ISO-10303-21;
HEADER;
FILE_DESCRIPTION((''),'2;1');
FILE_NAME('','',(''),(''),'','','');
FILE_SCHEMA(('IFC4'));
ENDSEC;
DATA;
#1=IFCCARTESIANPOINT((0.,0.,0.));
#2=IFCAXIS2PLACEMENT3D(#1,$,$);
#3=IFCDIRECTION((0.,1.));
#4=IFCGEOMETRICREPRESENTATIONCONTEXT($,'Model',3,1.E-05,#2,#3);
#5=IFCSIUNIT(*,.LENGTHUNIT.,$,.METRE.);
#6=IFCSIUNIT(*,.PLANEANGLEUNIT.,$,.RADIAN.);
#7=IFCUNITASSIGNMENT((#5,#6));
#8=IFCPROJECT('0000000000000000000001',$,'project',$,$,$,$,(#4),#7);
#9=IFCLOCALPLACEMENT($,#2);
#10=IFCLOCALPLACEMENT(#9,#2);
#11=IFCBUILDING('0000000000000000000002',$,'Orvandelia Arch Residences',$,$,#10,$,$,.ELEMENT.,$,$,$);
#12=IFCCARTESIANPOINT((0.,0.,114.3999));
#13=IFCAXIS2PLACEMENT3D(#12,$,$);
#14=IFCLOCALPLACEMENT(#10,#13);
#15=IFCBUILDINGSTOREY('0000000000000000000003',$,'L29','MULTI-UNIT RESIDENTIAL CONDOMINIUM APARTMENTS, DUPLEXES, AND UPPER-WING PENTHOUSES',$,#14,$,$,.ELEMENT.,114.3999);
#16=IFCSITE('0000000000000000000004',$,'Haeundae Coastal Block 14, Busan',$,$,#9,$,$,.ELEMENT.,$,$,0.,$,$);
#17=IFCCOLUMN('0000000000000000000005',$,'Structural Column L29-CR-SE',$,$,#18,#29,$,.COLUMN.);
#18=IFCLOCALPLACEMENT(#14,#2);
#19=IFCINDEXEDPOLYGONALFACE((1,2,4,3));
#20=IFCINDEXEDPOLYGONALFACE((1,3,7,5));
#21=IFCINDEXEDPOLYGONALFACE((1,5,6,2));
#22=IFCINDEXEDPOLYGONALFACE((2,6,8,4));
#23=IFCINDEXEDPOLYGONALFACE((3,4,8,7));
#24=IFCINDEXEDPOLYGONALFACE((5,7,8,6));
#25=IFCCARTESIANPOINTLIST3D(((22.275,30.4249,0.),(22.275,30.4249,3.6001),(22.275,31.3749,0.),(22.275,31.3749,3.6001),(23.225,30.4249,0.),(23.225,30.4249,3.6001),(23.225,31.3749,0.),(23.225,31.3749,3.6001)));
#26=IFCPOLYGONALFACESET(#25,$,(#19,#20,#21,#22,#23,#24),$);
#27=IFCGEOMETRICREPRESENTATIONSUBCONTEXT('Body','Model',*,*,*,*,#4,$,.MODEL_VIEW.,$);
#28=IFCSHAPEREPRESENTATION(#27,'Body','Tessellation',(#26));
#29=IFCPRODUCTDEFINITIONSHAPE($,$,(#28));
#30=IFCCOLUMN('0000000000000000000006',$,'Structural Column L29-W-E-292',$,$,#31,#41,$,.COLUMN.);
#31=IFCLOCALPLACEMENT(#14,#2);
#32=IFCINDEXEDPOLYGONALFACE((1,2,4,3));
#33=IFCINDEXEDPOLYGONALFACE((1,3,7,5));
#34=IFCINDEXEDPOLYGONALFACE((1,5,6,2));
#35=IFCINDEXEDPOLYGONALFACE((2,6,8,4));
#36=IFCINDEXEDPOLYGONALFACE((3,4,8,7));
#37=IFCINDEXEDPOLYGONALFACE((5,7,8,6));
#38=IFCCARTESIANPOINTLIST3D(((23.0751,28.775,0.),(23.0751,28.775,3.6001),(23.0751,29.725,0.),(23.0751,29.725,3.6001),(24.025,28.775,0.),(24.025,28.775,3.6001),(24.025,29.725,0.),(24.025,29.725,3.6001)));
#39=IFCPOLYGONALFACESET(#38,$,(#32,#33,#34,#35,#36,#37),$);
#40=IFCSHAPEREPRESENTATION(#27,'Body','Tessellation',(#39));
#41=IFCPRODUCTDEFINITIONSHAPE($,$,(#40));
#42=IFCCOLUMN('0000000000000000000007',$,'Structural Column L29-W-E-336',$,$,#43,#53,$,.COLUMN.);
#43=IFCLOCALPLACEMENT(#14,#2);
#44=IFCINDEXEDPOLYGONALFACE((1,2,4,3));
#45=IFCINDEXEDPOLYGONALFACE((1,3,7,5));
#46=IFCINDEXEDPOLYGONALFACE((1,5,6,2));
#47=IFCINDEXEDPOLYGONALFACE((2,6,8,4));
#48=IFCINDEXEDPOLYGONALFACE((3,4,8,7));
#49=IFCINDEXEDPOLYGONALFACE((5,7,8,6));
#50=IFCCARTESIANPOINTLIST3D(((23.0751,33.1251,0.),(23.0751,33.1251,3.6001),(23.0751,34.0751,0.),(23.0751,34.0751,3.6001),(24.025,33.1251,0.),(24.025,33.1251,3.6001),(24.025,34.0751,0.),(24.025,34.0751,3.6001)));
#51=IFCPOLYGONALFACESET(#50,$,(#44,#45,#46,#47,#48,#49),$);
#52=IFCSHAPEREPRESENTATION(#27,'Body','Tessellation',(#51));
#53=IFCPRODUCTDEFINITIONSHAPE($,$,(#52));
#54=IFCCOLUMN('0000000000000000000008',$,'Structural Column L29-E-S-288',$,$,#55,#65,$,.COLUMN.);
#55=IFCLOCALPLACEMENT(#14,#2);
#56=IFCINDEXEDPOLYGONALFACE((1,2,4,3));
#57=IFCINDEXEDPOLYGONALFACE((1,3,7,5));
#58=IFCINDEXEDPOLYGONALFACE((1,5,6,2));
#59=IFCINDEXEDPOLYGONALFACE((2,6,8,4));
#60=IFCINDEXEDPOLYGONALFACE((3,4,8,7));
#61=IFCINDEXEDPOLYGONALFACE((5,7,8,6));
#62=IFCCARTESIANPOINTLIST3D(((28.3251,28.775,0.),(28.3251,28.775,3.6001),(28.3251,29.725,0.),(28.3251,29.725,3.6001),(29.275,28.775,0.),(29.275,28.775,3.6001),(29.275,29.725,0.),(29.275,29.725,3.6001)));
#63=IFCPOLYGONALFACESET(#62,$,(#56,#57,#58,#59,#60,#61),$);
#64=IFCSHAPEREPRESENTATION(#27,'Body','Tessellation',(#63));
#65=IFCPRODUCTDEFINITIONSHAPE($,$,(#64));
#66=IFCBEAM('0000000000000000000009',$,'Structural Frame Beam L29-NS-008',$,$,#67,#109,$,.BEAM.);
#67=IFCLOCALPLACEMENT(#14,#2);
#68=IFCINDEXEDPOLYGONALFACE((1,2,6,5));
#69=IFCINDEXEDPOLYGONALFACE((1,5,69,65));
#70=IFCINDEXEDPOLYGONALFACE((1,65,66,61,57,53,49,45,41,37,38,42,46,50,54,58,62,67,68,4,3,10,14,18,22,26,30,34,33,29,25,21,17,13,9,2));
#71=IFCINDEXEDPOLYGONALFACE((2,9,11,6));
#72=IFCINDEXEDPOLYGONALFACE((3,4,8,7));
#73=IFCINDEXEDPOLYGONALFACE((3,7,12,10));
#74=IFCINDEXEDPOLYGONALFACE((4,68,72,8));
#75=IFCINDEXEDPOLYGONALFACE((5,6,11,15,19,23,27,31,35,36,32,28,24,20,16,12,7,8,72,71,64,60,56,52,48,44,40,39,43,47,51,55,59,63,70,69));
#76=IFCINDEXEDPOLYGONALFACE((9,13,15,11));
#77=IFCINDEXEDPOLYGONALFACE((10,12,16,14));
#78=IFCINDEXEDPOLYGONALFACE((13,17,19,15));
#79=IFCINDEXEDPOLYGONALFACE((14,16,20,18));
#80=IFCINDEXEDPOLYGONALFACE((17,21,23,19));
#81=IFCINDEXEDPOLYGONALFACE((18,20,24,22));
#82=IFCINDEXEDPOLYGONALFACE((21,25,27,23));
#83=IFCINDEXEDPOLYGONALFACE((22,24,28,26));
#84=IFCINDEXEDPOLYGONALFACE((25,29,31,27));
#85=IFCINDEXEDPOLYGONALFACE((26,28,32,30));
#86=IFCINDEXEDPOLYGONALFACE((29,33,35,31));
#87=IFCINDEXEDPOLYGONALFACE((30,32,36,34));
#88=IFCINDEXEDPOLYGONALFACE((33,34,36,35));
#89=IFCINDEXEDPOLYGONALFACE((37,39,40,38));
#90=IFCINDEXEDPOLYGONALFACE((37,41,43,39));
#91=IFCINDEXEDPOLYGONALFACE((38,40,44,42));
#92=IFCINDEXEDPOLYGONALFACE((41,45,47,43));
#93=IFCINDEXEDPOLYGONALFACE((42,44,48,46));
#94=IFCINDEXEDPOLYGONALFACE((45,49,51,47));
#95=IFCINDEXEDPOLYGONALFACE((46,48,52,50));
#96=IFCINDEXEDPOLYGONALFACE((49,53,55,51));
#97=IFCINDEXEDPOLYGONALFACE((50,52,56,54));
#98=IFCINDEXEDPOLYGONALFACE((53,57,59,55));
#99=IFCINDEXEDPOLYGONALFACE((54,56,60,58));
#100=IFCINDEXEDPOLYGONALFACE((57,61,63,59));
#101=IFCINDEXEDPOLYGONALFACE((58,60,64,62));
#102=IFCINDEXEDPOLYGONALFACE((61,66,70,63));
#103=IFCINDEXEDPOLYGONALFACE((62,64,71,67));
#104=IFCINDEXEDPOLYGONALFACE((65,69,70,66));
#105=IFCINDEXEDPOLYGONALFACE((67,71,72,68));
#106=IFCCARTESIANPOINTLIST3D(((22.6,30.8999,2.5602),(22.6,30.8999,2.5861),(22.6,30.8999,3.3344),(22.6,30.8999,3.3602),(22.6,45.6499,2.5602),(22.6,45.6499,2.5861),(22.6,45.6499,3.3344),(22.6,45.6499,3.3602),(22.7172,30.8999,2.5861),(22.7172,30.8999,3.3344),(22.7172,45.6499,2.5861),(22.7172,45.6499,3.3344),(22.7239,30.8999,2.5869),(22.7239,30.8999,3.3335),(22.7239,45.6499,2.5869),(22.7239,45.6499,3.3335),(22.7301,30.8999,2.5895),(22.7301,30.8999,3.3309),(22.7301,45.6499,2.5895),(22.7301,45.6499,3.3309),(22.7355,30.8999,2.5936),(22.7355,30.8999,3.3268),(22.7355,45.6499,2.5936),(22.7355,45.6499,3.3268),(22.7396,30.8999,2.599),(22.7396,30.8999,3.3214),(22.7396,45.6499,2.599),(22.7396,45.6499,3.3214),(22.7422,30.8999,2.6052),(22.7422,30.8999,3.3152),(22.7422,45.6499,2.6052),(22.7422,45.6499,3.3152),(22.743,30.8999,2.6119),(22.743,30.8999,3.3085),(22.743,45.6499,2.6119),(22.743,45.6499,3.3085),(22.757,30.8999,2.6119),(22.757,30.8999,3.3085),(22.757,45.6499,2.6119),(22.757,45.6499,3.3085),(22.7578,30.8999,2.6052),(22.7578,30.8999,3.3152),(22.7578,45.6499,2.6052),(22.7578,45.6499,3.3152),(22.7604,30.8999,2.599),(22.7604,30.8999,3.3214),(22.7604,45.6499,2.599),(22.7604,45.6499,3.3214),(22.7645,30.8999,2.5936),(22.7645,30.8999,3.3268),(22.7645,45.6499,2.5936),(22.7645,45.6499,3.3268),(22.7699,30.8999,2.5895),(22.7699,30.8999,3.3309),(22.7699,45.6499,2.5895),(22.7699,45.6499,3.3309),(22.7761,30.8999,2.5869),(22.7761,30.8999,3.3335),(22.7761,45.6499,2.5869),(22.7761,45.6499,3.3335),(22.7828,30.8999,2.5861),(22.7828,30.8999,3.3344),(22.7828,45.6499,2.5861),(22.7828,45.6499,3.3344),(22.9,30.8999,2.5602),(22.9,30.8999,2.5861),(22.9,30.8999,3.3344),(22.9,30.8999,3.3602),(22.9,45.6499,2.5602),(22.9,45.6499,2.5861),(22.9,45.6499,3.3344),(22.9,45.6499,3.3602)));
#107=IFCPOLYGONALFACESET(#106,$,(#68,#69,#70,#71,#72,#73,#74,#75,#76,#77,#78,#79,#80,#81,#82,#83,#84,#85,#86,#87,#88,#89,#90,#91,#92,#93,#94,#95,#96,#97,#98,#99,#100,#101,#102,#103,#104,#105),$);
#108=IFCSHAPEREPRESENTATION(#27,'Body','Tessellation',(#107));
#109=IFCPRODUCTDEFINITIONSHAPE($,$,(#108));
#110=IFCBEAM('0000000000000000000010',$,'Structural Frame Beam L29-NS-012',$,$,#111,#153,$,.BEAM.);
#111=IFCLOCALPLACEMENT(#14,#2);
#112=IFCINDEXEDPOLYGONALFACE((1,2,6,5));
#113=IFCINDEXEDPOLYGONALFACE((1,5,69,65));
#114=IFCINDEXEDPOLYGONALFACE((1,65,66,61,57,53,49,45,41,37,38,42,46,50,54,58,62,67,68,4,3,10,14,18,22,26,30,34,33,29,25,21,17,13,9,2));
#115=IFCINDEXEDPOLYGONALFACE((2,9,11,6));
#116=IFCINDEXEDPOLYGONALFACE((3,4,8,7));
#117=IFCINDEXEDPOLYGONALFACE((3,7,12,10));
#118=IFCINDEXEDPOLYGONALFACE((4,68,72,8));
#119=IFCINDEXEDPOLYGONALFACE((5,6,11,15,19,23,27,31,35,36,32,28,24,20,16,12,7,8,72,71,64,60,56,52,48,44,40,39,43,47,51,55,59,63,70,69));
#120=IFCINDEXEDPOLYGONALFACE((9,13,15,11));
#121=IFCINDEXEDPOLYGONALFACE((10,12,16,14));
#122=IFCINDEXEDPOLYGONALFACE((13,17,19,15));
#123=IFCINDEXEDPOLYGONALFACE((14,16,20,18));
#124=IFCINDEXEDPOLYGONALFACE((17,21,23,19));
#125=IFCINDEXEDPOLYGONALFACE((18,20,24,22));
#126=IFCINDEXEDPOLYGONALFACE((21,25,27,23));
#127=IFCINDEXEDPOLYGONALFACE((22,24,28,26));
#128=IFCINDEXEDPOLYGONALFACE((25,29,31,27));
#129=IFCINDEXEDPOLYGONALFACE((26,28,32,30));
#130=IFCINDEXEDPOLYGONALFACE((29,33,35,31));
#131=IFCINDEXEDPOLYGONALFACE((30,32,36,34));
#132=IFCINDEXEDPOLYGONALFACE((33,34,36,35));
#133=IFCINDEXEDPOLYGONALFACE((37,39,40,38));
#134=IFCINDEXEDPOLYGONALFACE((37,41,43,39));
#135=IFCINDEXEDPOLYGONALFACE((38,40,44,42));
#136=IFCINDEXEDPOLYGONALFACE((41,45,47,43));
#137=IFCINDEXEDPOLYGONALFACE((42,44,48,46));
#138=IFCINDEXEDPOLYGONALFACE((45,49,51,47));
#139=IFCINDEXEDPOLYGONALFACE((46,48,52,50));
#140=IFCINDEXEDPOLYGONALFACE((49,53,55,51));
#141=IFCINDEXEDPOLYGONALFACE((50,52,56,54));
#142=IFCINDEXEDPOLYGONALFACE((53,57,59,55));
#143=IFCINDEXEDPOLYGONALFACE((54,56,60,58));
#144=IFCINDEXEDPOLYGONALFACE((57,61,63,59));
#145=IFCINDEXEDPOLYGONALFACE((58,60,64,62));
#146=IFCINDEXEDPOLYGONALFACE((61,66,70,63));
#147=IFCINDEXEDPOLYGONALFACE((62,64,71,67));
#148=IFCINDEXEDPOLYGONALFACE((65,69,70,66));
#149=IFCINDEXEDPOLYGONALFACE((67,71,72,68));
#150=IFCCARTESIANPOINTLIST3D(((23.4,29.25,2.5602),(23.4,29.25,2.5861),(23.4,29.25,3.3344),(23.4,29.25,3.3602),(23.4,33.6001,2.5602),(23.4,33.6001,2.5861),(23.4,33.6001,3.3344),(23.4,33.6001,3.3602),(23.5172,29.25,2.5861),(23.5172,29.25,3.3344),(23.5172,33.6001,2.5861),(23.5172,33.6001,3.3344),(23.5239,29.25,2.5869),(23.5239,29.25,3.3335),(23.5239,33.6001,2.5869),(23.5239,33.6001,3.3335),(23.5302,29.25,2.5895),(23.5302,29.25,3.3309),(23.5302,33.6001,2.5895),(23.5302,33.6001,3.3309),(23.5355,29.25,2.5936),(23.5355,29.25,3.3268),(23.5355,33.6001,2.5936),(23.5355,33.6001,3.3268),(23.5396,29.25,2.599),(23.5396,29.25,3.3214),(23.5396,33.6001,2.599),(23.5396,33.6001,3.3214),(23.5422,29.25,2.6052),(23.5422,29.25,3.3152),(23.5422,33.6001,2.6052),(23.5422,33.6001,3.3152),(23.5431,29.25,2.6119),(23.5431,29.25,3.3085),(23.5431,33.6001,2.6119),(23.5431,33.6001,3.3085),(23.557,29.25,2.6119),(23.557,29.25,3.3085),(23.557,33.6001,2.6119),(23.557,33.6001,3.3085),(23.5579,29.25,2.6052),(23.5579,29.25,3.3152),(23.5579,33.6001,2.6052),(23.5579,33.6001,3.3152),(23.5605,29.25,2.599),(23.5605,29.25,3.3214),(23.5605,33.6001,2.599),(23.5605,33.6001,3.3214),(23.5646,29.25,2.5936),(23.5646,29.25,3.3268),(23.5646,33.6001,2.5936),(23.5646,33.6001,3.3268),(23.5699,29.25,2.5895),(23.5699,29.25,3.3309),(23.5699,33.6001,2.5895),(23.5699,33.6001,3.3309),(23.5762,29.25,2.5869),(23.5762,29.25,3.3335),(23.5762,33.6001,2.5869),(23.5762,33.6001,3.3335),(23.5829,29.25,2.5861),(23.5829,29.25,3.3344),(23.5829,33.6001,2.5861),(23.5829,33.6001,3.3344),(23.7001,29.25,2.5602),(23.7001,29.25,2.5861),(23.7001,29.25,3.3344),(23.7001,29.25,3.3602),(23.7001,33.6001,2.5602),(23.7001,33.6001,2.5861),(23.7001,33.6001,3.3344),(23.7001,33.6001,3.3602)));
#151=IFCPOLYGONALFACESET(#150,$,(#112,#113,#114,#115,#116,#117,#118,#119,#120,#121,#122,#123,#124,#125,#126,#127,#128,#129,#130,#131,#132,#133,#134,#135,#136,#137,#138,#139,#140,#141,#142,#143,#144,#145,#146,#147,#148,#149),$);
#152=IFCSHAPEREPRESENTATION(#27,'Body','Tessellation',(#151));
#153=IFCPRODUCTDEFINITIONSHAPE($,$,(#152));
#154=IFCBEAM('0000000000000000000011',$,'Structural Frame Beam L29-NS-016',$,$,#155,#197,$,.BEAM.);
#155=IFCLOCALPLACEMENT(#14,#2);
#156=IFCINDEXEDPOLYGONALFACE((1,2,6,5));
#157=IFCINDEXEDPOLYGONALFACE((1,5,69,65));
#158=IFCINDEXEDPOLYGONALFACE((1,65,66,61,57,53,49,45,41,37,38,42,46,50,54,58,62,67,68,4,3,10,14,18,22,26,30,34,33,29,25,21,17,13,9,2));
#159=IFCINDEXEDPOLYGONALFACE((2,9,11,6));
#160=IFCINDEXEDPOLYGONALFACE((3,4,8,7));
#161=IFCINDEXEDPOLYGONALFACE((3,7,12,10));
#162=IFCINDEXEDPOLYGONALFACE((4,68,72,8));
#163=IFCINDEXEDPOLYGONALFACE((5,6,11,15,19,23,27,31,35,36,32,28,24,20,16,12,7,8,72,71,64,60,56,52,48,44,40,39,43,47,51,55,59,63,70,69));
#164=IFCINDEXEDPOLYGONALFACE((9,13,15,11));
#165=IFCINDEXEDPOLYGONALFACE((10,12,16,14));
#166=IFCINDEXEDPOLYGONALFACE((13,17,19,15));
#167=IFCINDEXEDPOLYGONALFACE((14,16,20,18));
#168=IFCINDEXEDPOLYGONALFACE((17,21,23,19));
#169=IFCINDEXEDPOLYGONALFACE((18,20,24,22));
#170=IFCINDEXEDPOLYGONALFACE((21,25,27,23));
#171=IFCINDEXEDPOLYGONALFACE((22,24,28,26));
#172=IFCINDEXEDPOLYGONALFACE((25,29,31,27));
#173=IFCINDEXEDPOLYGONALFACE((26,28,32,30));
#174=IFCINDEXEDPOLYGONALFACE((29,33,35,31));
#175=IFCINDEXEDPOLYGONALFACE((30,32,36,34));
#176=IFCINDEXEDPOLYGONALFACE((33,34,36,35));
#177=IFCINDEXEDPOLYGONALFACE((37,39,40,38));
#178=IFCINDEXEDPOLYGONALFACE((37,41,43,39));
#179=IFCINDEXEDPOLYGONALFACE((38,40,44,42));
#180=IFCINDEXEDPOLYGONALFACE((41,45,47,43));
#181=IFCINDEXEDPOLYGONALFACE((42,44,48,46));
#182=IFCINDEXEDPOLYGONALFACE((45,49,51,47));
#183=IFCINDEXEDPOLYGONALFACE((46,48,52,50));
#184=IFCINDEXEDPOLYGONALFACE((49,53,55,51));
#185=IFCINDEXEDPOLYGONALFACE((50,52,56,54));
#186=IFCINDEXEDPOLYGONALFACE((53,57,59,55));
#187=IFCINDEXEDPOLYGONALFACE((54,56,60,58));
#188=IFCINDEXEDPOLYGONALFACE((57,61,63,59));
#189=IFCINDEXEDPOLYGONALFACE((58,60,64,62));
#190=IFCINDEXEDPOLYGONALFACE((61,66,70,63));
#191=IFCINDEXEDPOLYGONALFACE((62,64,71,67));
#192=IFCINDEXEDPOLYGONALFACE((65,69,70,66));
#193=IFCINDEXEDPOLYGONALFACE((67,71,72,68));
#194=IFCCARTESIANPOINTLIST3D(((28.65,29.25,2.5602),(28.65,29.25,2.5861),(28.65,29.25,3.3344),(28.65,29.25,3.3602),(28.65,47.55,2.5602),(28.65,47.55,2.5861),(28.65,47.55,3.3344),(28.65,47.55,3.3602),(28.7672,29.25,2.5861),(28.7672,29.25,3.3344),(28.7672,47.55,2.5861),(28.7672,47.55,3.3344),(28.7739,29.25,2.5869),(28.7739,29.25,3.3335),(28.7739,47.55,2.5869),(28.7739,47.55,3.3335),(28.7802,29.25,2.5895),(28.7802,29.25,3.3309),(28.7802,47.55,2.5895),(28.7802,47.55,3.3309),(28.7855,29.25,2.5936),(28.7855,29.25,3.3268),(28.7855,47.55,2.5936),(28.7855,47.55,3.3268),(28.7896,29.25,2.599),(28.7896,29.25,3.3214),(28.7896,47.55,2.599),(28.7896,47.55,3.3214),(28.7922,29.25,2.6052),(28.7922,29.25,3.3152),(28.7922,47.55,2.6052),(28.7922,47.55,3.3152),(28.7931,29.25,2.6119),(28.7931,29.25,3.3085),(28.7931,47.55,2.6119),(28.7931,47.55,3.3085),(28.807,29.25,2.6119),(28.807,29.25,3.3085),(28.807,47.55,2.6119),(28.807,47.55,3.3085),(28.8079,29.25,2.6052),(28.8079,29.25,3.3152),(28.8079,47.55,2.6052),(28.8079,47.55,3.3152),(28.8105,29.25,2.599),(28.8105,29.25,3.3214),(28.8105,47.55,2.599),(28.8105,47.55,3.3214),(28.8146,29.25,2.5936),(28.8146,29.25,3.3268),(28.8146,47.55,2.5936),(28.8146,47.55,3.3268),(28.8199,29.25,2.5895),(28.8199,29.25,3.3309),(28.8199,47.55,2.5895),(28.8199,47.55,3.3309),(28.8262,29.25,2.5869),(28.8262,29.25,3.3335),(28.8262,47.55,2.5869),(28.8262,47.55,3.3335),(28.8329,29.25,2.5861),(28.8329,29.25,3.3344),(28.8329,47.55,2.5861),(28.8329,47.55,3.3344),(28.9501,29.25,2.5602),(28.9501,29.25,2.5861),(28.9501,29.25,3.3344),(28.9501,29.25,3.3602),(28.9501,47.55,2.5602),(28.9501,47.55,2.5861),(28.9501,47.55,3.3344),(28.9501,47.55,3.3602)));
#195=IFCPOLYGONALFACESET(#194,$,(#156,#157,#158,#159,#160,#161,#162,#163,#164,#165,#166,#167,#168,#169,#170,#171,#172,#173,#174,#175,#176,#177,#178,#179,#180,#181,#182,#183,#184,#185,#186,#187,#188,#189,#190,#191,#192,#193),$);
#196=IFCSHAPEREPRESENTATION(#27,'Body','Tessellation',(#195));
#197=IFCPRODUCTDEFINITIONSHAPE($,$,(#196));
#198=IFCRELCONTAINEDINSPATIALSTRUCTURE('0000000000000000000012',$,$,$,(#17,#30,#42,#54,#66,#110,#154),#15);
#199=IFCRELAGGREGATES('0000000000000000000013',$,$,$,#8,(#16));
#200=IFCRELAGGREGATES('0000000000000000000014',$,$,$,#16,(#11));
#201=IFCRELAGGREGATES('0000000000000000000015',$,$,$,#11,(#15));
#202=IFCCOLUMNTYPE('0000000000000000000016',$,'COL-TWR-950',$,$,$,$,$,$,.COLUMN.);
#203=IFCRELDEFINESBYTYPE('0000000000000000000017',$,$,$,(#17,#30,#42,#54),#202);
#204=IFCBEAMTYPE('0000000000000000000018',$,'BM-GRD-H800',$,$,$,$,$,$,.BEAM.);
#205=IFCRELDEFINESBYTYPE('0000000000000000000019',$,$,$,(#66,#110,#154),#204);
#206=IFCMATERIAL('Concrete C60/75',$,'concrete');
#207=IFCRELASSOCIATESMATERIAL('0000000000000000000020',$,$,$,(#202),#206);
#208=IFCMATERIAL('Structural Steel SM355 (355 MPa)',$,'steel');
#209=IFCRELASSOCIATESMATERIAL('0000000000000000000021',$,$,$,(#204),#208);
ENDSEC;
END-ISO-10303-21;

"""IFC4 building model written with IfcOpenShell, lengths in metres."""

from ifc_helpers import new_model, si_unit, direction, frame, origin, origin_2d, place, context, subcontext, project, spatial, rectangle, i_section, extrude, material, material_profile, profile_set, type_object, element, save


model = new_model("IFC4")

# Units and contexts
model_context = context("Model", 3, precision=1e-05, world=origin(), true_north=direction((0.0, 1.0)))
body_context = subcontext(model_context, "Body", "Model", "MODEL_VIEW")
ifc_project = project(units=[si_unit("LENGTHUNIT", "METRE"), si_unit("PLANEANGLEUNIT", "RADIAN")], contexts=[model_context])

# Site, building, storey
site_placement = place(None, origin())
site = spatial("IfcSite", under=ifc_project, at=site_placement, Name="Haeundae Coastal Block 14, Busan", CompositionType="ELEMENT", RefElevation=0.0)
building_placement = place(site_placement, origin())
building = spatial("IfcBuilding", under=site, at=building_placement, Name="Orvandelia Arch Residences", CompositionType="ELEMENT")
storey_placement = place(building_placement, frame((0.0, 0.0, 114.3999)))
storey = spatial("IfcBuildingStorey", under=building, at=storey_placement, Name="L29", Description="MULTI-UNIT RESIDENTIAL CONDOMINIUM APARTMENTS, DUPLEXES, AND UPPER-WING PENTHOUSES", CompositionType="ELEMENT", Elevation=114.3999)

# Columns
ifc_material_1 = material(Name="Concrete C60/75", Category="concrete")
ifc_material_profile_1 = material_profile(ifc_material_1, rectangle(XDim=0.95, YDim=0.95, at=origin_2d()), Name="Concrete C60/75", Category="concrete")
ifc_profile_set_1 = profile_set([ifc_material_profile_1], Name="Concrete C60/75")
column_type = type_object("IfcColumnType", Name="COL-TWR-950", PredefinedType="COLUMN", material=ifc_profile_set_1)
for number, where, z_axis, x_axis, name in (
    (1, (22.75, 30.8999, 0.0), (0.0, 0.0, 1.0), (1.0, 0.0, 0.0), "Structural Column L29-CR-SE"),
    (2, (23.55, 29.25, 0.0), (0.0, 0.0, 1.0), (1.0, 0.0, 0.0), "Structural Column L29-W-E-292"),
    (3, (23.55, 33.6001, 0.0), (0.0, 0.0, 1.0), (1.0, 0.0, 0.0), "Structural Column L29-W-E-336"),
    (4, (28.8, 29.25, 0.0), (0.0, 0.0, 1.0), (1.0, 0.0, 0.0), "Structural Column L29-E-S-288"),
):
    element("IfcColumn", number, at=place(storey_placement, frame(where, z_axis=z_axis, x_axis=x_axis)), inside=storey, type_object=column_type, Name=name, PredefinedType="COLUMN", context=body_context, shape_type="SweptSolid", body=[
        extrude(rectangle(XDim=0.95, YDim=0.95, at=origin_2d()), origin(), (0.0, 0.0, 1.0), 3.6001),
    ])

# Beams
ifc_material_2 = material(Name="Structural Steel SM355 (355 MPa)", Category="steel")
ifc_material_profile_2 = material_profile(ifc_material_2, i_section(OverallWidth=0.3, OverallDepth=0.8, WebThickness=0.0139, FlangeThickness=0.0259, FilletRadius=0.0259, at=origin_2d()), Name="Structural Steel SM355 (355 MPa)", Category="steel")
ifc_profile_set_2 = profile_set([ifc_material_profile_2], Name="Structural Steel SM355 (355 MPa)")
beam_type = type_object("IfcBeamType", Name="BM-GRD-H800", PredefinedType="BEAM", material=ifc_profile_set_2)
beam_1_placement = place(storey_placement, frame((22.75, 30.8999, 2.9602), z_axis=(0.0, 1.0, 0.0), x_axis=(-1.0, 0.0, 0.0)))
element("IfcBeam", 5, at=beam_1_placement, inside=storey, type_object=beam_type, Name="Structural Frame Beam L29-NS-008", PredefinedType="BEAM", context=body_context, shape_type="SweptSolid", body=[
    extrude(i_section(OverallWidth=0.3, OverallDepth=0.8, WebThickness=0.0139, FlangeThickness=0.0259, FilletRadius=0.0259, at=origin_2d()), origin(), (0.0, 0.0, 1.0), 14.75),
])
beam_2_placement = place(storey_placement, frame((23.55, 29.25, 2.9602), z_axis=(0.0, 1.0, 0.0), x_axis=(-1.0, 0.0, 0.0)))
element("IfcBeam", 6, at=beam_2_placement, inside=storey, type_object=beam_type, Name="Structural Frame Beam L29-NS-012", PredefinedType="BEAM", context=body_context, shape_type="SweptSolid", body=[
    extrude(i_section(OverallWidth=0.3, OverallDepth=0.8, WebThickness=0.0139, FlangeThickness=0.0259, FilletRadius=0.0259, at=origin_2d()), origin(), (0.0, 0.0, 1.0), 4.3501),
])
beam_3_placement = place(storey_placement, frame((28.8, 29.25, 2.9602), z_axis=(0.0, 1.0, 0.0), x_axis=(-1.0, 0.0, 0.0)))
element("IfcBeam", 7, at=beam_3_placement, inside=storey, type_object=beam_type, Name="Structural Frame Beam L29-NS-016", PredefinedType="BEAM", context=body_context, shape_type="SweptSolid", body=[
    extrude(i_section(OverallWidth=0.3, OverallDepth=0.8, WebThickness=0.0139, FlangeThickness=0.0259, FilletRadius=0.0259, at=origin_2d()), origin(), (0.0, 0.0, 1.0), 18.3),
])

save(model, "model.ifc")
